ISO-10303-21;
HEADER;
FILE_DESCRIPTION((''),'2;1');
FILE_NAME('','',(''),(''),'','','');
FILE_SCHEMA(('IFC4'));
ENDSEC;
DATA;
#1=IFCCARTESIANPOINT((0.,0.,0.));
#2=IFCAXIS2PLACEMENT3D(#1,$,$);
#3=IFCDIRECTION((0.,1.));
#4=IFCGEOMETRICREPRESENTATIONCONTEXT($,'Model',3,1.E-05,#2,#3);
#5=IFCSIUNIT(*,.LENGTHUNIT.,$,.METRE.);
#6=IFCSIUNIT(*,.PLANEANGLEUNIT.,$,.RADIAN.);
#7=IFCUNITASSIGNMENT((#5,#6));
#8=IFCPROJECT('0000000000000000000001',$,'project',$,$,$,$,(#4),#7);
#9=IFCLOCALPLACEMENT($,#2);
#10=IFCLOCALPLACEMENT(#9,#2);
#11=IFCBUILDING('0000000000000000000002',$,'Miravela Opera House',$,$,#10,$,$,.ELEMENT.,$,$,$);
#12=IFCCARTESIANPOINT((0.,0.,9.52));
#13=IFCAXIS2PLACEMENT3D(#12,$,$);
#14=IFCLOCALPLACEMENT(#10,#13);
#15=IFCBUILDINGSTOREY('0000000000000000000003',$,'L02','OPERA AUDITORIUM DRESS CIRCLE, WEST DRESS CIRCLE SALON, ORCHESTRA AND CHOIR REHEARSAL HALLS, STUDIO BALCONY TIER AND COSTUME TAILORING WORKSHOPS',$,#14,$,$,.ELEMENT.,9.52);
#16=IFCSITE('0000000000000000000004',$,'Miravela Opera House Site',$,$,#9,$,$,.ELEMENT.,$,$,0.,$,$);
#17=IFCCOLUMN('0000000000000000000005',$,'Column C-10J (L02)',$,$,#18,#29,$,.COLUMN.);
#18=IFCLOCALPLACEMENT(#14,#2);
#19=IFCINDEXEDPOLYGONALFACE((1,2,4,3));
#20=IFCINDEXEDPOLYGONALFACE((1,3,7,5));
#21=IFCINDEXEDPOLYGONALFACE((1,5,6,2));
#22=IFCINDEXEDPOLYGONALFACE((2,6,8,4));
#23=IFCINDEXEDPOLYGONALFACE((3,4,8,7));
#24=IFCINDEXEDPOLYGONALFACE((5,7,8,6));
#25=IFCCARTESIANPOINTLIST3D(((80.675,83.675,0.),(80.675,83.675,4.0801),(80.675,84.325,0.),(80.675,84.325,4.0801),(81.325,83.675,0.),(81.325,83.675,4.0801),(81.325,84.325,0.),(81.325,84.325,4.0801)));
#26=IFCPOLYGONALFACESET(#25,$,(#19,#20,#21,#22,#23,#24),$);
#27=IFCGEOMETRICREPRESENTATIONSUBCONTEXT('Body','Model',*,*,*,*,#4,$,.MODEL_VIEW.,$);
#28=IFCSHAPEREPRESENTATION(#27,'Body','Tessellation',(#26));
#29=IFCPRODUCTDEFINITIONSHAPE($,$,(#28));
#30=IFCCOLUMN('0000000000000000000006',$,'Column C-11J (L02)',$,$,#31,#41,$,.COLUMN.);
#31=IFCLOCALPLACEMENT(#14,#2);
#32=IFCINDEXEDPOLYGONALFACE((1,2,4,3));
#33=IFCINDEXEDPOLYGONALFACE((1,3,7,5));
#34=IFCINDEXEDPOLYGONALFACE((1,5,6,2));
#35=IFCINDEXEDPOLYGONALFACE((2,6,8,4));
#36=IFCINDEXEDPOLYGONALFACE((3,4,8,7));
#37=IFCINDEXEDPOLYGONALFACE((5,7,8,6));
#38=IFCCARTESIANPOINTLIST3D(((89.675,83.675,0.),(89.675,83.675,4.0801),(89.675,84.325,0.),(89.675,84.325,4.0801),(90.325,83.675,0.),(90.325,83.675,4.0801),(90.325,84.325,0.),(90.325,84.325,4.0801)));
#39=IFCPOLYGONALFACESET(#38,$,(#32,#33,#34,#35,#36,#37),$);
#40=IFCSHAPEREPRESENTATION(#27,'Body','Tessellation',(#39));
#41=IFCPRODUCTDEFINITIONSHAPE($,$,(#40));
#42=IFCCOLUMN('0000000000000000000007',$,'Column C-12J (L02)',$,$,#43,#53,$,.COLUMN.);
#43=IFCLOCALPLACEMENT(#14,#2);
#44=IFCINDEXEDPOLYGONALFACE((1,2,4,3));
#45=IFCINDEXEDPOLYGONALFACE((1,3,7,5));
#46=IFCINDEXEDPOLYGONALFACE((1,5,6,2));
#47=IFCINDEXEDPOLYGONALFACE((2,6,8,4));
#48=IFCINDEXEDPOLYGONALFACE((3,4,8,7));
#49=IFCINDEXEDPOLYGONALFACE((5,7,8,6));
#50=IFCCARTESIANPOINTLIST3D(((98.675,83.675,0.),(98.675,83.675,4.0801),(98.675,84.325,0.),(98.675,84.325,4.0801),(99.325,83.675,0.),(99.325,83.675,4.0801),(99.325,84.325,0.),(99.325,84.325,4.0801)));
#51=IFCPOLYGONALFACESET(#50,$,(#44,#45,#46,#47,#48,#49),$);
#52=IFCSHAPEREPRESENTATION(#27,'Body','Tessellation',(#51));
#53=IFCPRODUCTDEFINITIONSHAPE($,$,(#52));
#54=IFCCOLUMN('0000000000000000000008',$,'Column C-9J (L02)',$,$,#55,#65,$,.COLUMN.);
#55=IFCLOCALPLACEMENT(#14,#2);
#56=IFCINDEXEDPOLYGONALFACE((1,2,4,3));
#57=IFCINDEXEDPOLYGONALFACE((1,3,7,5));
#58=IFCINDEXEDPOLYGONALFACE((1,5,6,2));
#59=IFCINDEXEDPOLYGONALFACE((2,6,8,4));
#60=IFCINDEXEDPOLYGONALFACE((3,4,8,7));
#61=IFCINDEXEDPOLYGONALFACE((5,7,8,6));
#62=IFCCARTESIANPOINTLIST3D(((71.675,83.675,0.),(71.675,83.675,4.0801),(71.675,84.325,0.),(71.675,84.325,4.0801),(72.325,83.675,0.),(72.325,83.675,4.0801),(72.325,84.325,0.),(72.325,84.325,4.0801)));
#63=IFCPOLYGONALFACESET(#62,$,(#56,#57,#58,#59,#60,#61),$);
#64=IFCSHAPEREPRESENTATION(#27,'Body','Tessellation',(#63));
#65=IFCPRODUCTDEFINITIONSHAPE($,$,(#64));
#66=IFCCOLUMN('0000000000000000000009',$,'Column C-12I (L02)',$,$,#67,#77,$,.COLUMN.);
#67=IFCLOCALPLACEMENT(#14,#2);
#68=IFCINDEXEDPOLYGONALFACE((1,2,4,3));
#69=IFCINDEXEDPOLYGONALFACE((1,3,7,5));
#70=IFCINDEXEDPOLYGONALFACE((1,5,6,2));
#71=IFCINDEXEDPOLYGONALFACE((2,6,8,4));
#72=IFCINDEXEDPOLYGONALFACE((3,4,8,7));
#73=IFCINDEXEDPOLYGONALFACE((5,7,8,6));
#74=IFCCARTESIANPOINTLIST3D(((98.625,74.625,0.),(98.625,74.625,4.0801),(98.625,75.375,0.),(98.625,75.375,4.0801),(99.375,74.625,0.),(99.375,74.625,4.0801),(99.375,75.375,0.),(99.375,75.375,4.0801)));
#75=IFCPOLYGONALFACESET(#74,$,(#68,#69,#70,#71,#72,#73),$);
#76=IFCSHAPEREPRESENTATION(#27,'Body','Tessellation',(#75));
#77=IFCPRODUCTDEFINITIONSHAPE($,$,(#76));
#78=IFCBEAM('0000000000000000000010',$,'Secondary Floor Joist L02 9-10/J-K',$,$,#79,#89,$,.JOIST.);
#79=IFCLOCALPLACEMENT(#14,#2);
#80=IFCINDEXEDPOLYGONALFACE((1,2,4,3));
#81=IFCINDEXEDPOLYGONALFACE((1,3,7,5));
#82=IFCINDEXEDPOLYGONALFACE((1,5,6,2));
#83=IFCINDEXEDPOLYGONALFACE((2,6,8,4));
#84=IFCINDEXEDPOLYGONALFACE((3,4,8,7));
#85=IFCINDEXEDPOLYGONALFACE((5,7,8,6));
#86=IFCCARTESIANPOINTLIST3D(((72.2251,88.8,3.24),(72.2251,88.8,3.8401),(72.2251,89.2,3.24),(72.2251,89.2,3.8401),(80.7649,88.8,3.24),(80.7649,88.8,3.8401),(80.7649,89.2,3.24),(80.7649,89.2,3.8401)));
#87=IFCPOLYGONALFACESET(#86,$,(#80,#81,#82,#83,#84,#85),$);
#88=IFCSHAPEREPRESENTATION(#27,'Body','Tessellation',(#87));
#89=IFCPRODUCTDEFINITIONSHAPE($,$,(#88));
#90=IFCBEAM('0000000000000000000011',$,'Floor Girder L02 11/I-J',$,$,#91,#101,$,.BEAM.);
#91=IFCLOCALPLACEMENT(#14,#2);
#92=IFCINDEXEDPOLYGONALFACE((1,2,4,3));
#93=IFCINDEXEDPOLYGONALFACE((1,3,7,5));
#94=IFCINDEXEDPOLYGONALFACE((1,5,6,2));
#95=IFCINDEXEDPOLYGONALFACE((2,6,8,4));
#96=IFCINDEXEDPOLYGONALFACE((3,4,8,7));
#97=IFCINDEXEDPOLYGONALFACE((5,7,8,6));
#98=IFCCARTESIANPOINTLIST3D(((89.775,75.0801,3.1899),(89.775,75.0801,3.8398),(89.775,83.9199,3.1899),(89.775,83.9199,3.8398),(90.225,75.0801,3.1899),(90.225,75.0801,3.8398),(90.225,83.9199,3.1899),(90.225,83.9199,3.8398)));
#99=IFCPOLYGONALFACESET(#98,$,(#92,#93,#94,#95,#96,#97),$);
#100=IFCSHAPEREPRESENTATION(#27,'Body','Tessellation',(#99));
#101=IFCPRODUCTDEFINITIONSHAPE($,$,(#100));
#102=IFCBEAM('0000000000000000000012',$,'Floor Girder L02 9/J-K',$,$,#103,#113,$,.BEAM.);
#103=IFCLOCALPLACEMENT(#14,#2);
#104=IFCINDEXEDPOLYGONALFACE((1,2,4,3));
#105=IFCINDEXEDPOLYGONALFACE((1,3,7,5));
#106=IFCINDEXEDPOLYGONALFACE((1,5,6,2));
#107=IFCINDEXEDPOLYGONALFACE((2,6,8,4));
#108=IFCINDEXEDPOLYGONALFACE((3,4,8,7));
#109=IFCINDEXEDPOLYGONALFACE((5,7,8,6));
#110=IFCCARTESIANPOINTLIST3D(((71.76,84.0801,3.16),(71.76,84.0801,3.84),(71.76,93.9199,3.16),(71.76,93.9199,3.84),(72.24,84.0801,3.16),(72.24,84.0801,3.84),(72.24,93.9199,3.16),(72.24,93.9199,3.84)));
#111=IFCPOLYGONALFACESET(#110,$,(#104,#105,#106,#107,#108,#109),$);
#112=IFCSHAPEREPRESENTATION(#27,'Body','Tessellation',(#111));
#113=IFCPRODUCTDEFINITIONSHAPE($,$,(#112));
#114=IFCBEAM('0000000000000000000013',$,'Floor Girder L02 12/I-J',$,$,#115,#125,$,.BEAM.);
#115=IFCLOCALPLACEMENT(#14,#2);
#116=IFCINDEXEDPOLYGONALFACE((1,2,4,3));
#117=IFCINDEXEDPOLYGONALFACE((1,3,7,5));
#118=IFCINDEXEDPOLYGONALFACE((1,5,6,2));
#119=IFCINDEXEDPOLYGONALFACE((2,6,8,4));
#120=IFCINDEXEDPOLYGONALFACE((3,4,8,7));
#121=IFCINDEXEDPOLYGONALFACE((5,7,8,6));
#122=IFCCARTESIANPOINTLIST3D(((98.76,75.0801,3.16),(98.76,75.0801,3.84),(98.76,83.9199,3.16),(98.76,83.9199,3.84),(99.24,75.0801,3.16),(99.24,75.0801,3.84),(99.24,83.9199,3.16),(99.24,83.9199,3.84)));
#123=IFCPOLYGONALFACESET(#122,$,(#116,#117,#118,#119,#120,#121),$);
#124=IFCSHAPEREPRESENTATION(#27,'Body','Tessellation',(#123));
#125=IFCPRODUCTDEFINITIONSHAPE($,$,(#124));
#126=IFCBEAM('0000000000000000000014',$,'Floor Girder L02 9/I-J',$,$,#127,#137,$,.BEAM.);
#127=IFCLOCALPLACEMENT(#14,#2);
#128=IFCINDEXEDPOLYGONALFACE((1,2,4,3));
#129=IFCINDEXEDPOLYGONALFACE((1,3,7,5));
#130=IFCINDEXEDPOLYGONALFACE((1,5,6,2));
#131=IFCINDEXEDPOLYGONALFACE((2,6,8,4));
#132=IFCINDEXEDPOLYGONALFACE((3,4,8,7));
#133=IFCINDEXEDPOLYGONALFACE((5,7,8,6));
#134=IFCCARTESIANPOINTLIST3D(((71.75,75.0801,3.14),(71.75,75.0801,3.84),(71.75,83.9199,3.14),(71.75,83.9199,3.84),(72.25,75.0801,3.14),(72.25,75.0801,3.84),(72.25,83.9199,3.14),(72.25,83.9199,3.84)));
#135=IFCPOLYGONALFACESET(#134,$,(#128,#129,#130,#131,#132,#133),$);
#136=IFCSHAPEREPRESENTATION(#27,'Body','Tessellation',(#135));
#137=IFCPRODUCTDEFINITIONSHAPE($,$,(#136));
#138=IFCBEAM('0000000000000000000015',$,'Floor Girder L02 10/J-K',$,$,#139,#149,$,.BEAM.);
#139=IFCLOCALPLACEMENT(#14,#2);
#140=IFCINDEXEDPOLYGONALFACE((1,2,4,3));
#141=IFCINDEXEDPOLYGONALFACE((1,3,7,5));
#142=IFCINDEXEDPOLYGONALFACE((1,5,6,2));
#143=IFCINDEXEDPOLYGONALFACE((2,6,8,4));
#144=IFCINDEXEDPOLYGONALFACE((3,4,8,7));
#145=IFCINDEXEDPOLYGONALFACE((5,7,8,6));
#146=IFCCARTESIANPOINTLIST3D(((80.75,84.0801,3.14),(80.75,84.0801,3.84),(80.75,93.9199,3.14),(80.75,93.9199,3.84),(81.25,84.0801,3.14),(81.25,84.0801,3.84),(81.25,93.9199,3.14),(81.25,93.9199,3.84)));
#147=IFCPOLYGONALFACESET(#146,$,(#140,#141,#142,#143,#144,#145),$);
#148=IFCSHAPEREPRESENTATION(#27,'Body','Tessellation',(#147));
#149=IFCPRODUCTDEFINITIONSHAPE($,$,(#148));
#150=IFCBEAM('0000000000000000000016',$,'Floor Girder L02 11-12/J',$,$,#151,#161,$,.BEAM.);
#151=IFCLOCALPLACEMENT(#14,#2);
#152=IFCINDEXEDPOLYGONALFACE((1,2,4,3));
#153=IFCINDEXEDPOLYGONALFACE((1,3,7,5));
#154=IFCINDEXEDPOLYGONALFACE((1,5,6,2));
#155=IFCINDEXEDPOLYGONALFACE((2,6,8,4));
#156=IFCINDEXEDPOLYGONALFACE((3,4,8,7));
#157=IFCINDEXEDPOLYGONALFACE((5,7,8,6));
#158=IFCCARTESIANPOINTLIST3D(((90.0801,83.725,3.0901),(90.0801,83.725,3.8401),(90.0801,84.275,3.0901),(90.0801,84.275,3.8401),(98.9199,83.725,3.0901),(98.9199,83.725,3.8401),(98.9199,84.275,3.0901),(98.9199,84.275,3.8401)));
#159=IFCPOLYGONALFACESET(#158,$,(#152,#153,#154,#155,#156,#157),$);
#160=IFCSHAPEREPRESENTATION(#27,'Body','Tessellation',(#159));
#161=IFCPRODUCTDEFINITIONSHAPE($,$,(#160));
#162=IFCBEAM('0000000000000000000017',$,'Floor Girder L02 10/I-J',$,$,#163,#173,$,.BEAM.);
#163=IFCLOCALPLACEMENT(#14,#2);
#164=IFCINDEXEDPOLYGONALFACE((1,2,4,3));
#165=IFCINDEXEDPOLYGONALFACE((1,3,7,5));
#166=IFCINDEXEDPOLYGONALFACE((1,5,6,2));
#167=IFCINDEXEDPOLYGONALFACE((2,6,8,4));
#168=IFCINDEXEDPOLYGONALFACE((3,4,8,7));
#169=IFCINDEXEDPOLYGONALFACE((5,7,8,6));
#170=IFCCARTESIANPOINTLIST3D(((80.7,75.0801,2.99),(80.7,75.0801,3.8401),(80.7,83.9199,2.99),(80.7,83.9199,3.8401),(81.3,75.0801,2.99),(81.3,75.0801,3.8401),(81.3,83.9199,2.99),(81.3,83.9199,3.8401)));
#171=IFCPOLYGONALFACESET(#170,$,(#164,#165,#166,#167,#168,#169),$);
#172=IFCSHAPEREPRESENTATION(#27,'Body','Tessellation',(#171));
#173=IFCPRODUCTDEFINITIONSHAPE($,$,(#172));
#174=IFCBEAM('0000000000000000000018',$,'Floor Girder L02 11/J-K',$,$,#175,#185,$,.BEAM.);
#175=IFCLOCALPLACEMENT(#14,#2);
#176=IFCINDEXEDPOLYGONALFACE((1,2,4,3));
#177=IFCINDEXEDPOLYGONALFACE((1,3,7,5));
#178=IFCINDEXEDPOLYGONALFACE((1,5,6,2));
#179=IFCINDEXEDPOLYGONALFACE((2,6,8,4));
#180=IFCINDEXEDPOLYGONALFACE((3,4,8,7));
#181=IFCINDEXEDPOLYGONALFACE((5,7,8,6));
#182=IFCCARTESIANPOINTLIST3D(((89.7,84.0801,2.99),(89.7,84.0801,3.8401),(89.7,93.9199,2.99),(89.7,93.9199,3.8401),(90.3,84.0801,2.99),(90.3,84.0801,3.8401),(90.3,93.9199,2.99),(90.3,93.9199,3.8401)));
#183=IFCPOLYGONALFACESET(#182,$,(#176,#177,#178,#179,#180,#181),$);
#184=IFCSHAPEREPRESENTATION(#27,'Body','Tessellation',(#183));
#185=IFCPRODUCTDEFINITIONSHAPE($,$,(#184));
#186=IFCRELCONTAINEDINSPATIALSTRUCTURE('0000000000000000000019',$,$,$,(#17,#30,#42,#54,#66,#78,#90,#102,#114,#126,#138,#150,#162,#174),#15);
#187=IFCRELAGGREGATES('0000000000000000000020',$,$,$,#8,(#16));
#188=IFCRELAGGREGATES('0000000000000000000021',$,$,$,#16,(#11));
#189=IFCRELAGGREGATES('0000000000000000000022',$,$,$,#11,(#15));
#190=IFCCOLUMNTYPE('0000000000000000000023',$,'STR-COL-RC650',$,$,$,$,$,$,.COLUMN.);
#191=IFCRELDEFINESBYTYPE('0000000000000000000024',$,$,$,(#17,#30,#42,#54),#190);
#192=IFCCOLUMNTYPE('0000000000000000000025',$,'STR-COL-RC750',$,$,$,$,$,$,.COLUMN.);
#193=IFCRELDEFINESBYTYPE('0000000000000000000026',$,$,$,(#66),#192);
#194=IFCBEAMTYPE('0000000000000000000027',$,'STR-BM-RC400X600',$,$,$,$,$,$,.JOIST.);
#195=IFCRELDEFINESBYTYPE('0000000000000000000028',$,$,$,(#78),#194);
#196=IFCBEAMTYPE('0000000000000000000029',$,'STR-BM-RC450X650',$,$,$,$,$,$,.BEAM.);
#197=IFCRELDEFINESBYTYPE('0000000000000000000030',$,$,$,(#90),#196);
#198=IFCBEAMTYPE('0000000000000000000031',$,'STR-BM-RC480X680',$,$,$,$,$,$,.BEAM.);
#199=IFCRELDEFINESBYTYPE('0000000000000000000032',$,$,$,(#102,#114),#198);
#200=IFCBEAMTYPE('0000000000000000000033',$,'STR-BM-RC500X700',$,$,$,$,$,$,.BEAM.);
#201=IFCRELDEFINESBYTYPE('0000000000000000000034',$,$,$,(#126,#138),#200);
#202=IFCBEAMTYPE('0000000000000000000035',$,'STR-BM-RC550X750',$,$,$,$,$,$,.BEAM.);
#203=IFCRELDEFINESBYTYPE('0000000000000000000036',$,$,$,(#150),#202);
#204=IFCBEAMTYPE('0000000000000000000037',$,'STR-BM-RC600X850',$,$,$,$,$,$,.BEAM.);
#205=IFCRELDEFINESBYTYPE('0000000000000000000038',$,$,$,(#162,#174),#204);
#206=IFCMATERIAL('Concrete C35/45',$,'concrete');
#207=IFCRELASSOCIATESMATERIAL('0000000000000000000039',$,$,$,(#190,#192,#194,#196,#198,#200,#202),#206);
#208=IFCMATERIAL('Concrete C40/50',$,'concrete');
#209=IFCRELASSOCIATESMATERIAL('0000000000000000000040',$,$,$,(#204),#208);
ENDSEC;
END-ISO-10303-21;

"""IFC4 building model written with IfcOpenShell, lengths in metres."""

from ifc_helpers import new_model, si_unit, direction, frame, origin, origin_2d, place, context, subcontext, project, spatial, rectangle, extrude, material, material_profile, profile_set, type_object, element, save


model = new_model("IFC4")

# Units and contexts
model_context = context("Model", 3, precision=1e-05, world=origin(), true_north=direction((0.0, 1.0)))
body_context = subcontext(model_context, "Body", "Model", "MODEL_VIEW")
ifc_project = project(units=[si_unit("LENGTHUNIT", "METRE"), si_unit("PLANEANGLEUNIT", "RADIAN")], contexts=[model_context])

# Site, building, storey
site_placement = place(None, origin())
site = spatial("IfcSite", under=ifc_project, at=site_placement, Name="Miravela Opera House Site", CompositionType="ELEMENT", RefElevation=0.0)
building_placement = place(site_placement, origin())
building = spatial("IfcBuilding", under=site, at=building_placement, Name="Miravela Opera House", CompositionType="ELEMENT")
storey_placement = place(building_placement, frame((0.0, 0.0, 9.52)))
storey = spatial("IfcBuildingStorey", under=building, at=storey_placement, Name="L02", Description="OPERA AUDITORIUM DRESS CIRCLE, WEST DRESS CIRCLE SALON, ORCHESTRA AND CHOIR REHEARSAL HALLS, STUDIO BALCONY TIER AND COSTUME TAILORING WORKSHOPS", CompositionType="ELEMENT", Elevation=9.52)

# Columns
ifc_material_1 = material(Name="Concrete C35/45", Category="concrete")
ifc_material_profile_1 = material_profile(ifc_material_1, rectangle(XDim=0.6499, YDim=0.6499, at=origin_2d()), Name="RC-COL-650X650")
ifc_profile_set_1 = profile_set([ifc_material_profile_1])
column_type_1 = type_object("IfcColumnType", Name="STR-COL-RC650", PredefinedType="COLUMN", material=ifc_profile_set_1)
for number, where, z_axis, x_axis, name in (
    (1, (81.0, 84.0, 0.0), (0.0, 0.0, 1.0), (1.0, 0.0, 0.0), "Column C-10J (L02)"),
    (2, (90.0, 84.0, 0.0), (0.0, 0.0, 1.0), (1.0, 0.0, 0.0), "Column C-11J (L02)"),
    (3, (99.0, 84.0, 0.0), (0.0, 0.0, 1.0), (1.0, 0.0, 0.0), "Column C-12J (L02)"),
    (4, (72.0, 84.0, 0.0), (0.0, 0.0, 1.0), (1.0, 0.0, 0.0), "Column C-9J (L02)"),
):
    element("IfcColumn", number, at=place(storey_placement, frame(where, z_axis=z_axis, x_axis=x_axis)), inside=storey, type_object=column_type_1, Name=name, PredefinedType="COLUMN", context=body_context, shape_type="SweptSolid", body=[
        extrude(rectangle(XDim=0.6499, YDim=0.6499, at=origin_2d()), origin(), (0.0, 0.0, 1.0), 4.0801),
    ])
ifc_material_profile_2 = material_profile(ifc_material_1, rectangle(XDim=0.75, YDim=0.75, at=origin_2d()), Name="RC-COL-750X750")
ifc_profile_set_2 = profile_set([ifc_material_profile_2])
column_type_2 = type_object("IfcColumnType", Name="STR-COL-RC750", PredefinedType="COLUMN", material=ifc_profile_set_2)
column_placement = place(storey_placement, frame((99.0, 75.0, 0.0), z_axis=(0.0, 0.0, 1.0), x_axis=(1.0, 0.0, 0.0)))
element("IfcColumn", 5, at=column_placement, inside=storey, type_object=column_type_2, Name="Column C-12I (L02)", PredefinedType="COLUMN", context=body_context, shape_type="SweptSolid", body=[
    extrude(rectangle(XDim=0.75, YDim=0.75, at=origin_2d()), origin(), (0.0, 0.0, 1.0), 4.0801),
])

# Beams
ifc_material_profile_3 = material_profile(ifc_material_1, rectangle(XDim=0.3999, YDim=0.6001, at=origin_2d()), Name="RC-BM-400X600")
ifc_profile_set_3 = profile_set([ifc_material_profile_3])
beam_type_1 = type_object("IfcBeamType", Name="STR-BM-RC400X600", PredefinedType="JOIST", material=ifc_profile_set_3)
beam_1_placement = place(storey_placement, frame((72.2251, 89.0, 3.54), z_axis=(1.0, 0.0, 0.0), x_axis=(0.0, 1.0, 0.0)))
element("IfcBeam", 6, at=beam_1_placement, inside=storey, type_object=beam_type_1, Name="Secondary Floor Joist L02 9-10/J-K", PredefinedType="JOIST", context=body_context, shape_type="SweptSolid", body=[
    extrude(rectangle(XDim=0.3999, YDim=0.6001, at=origin_2d()), origin(), (0.0, 0.0, 1.0), 8.5398),
])
ifc_material_profile_4 = material_profile(ifc_material_1, rectangle(XDim=0.45, YDim=0.6499, at=origin_2d()), Name="RC-BM-450X650")
ifc_profile_set_4 = profile_set([ifc_material_profile_4])
beam_type_2 = type_object("IfcBeamType", Name="STR-BM-RC450X650", PredefinedType="BEAM", material=ifc_profile_set_4)
beam_2_placement = place(storey_placement, frame((90.0, 75.0801, 3.5149), z_axis=(0.0, 1.0, 0.0), x_axis=(-1.0, 0.0, 0.0)))
element("IfcBeam", 7, at=beam_2_placement, inside=storey, type_object=beam_type_2, Name="Floor Girder L02 11/I-J", PredefinedType="BEAM", context=body_context, shape_type="SweptSolid", body=[
    extrude(rectangle(XDim=0.45, YDim=0.6499, at=origin_2d()), origin(), (0.0, 0.0, 1.0), 8.8398),
])
ifc_material_profile_5 = material_profile(ifc_material_1, rectangle(XDim=0.48, YDim=0.6799, at=origin_2d()), Name="RC-BM-480X680")
ifc_profile_set_5 = profile_set([ifc_material_profile_5])
beam_type_3 = type_object("IfcBeamType", Name="STR-BM-RC480X680", PredefinedType="BEAM", material=ifc_profile_set_5)
beam_3_placement = place(storey_placement, frame((72.0, 84.0801, 3.5), z_axis=(0.0, 1.0, 0.0), x_axis=(-1.0, 0.0, 0.0)))
element("IfcBeam", 8, at=beam_3_placement, inside=storey, type_object=beam_type_3, Name="Floor Girder L02 9/J-K", PredefinedType="BEAM", context=body_context, shape_type="SweptSolid", body=[
    extrude(rectangle(XDim=0.48, YDim=0.6799, at=origin_2d()), origin(), (0.0, 0.0, 1.0), 9.8398),
])
beam_4_placement = place(storey_placement, frame((99.0, 75.0801, 3.5), z_axis=(0.0, 1.0, 0.0), x_axis=(-1.0, 0.0, 0.0)))
element("IfcBeam", 9, at=beam_4_placement, inside=storey, type_object=beam_type_3, Name="Floor Girder L02 12/I-J", PredefinedType="BEAM", context=body_context, shape_type="SweptSolid", body=[
    extrude(rectangle(XDim=0.48, YDim=0.6799, at=origin_2d()), origin(), (0.0, 0.0, 1.0), 8.8398),
])
ifc_material_profile_6 = material_profile(ifc_material_1, rectangle(XDim=0.5, YDim=0.7, at=origin_2d()), Name="RC-BM-500X700")
ifc_profile_set_6 = profile_set([ifc_material_profile_6])
beam_type_4 = type_object("IfcBeamType", Name="STR-BM-RC500X700", PredefinedType="BEAM", material=ifc_profile_set_6)
beam_5_placement = place(storey_placement, frame((72.0, 75.0801, 3.49), z_axis=(0.0, 1.0, 0.0), x_axis=(-1.0, 0.0, 0.0)))
element("IfcBeam", 10, at=beam_5_placement, inside=storey, type_object=beam_type_4, Name="Floor Girder L02 9/I-J", PredefinedType="BEAM", context=body_context, shape_type="SweptSolid", body=[
    extrude(rectangle(XDim=0.5, YDim=0.7, at=origin_2d()), origin(), (0.0, 0.0, 1.0), 8.8398),
])
beam_6_placement = place(storey_placement, frame((81.0, 84.0801, 3.49), z_axis=(0.0, 1.0, 0.0), x_axis=(-1.0, 0.0, 0.0)))
element("IfcBeam", 11, at=beam_6_placement, inside=storey, type_object=beam_type_4, Name="Floor Girder L02 10/J-K", PredefinedType="BEAM", context=body_context, shape_type="SweptSolid", body=[
    extrude(rectangle(XDim=0.5, YDim=0.7, at=origin_2d()), origin(), (0.0, 0.0, 1.0), 9.8398),
])
ifc_material_profile_7 = material_profile(ifc_material_1, rectangle(XDim=0.55, YDim=0.75, at=origin_2d()), Name="RC-BM-550X750")
ifc_profile_set_7 = profile_set([ifc_material_profile_7])
beam_type_5 = type_object("IfcBeamType", Name="STR-BM-RC550X750", PredefinedType="BEAM", material=ifc_profile_set_7)
beam_7_placement = place(storey_placement, frame((90.0801, 84.0, 3.4651), z_axis=(1.0, 0.0, 0.0), x_axis=(0.0, 1.0, 0.0)))
element("IfcBeam", 12, at=beam_7_placement, inside=storey, type_object=beam_type_5, Name="Floor Girder L02 11-12/J", PredefinedType="BEAM", context=body_context, shape_type="SweptSolid", body=[
    extrude(rectangle(XDim=0.55, YDim=0.75, at=origin_2d()), origin(), (0.0, 0.0, 1.0), 8.8398),
])
ifc_material_2 = material(Name="Concrete C40/50", Category="concrete")
ifc_material_profile_8 = material_profile(ifc_material_2, rectangle(XDim=0.6001, YDim=0.8501, at=origin_2d()), Name="RC-BM-600X850")
ifc_profile_set_8 = profile_set([ifc_material_profile_8])
beam_type_6 = type_object("IfcBeamType", Name="STR-BM-RC600X850", PredefinedType="BEAM", material=ifc_profile_set_8)
beam_8_placement = place(storey_placement, frame((81.0, 75.0801, 3.415), z_axis=(0.0, 1.0, 0.0), x_axis=(-1.0, 0.0, 0.0)))
element("IfcBeam", 13, at=beam_8_placement, inside=storey, type_object=beam_type_6, Name="Floor Girder L02 10/I-J", PredefinedType="BEAM", context=body_context, shape_type="SweptSolid", body=[
    extrude(rectangle(XDim=0.6001, YDim=0.8501, at=origin_2d()), origin(), (0.0, 0.0, 1.0), 8.8398),
])
beam_9_placement = place(storey_placement, frame((90.0, 84.0801, 3.415), z_axis=(0.0, 1.0, 0.0), x_axis=(-1.0, 0.0, 0.0)))
element("IfcBeam", 14, at=beam_9_placement, inside=storey, type_object=beam_type_6, Name="Floor Girder L02 11/J-K", PredefinedType="BEAM", context=body_context, shape_type="SweptSolid", body=[
    extrude(rectangle(XDim=0.6001, YDim=0.8501, at=origin_2d()), origin(), (0.0, 0.0, 1.0), 9.8398),
])

save(model, "model.ifc")
